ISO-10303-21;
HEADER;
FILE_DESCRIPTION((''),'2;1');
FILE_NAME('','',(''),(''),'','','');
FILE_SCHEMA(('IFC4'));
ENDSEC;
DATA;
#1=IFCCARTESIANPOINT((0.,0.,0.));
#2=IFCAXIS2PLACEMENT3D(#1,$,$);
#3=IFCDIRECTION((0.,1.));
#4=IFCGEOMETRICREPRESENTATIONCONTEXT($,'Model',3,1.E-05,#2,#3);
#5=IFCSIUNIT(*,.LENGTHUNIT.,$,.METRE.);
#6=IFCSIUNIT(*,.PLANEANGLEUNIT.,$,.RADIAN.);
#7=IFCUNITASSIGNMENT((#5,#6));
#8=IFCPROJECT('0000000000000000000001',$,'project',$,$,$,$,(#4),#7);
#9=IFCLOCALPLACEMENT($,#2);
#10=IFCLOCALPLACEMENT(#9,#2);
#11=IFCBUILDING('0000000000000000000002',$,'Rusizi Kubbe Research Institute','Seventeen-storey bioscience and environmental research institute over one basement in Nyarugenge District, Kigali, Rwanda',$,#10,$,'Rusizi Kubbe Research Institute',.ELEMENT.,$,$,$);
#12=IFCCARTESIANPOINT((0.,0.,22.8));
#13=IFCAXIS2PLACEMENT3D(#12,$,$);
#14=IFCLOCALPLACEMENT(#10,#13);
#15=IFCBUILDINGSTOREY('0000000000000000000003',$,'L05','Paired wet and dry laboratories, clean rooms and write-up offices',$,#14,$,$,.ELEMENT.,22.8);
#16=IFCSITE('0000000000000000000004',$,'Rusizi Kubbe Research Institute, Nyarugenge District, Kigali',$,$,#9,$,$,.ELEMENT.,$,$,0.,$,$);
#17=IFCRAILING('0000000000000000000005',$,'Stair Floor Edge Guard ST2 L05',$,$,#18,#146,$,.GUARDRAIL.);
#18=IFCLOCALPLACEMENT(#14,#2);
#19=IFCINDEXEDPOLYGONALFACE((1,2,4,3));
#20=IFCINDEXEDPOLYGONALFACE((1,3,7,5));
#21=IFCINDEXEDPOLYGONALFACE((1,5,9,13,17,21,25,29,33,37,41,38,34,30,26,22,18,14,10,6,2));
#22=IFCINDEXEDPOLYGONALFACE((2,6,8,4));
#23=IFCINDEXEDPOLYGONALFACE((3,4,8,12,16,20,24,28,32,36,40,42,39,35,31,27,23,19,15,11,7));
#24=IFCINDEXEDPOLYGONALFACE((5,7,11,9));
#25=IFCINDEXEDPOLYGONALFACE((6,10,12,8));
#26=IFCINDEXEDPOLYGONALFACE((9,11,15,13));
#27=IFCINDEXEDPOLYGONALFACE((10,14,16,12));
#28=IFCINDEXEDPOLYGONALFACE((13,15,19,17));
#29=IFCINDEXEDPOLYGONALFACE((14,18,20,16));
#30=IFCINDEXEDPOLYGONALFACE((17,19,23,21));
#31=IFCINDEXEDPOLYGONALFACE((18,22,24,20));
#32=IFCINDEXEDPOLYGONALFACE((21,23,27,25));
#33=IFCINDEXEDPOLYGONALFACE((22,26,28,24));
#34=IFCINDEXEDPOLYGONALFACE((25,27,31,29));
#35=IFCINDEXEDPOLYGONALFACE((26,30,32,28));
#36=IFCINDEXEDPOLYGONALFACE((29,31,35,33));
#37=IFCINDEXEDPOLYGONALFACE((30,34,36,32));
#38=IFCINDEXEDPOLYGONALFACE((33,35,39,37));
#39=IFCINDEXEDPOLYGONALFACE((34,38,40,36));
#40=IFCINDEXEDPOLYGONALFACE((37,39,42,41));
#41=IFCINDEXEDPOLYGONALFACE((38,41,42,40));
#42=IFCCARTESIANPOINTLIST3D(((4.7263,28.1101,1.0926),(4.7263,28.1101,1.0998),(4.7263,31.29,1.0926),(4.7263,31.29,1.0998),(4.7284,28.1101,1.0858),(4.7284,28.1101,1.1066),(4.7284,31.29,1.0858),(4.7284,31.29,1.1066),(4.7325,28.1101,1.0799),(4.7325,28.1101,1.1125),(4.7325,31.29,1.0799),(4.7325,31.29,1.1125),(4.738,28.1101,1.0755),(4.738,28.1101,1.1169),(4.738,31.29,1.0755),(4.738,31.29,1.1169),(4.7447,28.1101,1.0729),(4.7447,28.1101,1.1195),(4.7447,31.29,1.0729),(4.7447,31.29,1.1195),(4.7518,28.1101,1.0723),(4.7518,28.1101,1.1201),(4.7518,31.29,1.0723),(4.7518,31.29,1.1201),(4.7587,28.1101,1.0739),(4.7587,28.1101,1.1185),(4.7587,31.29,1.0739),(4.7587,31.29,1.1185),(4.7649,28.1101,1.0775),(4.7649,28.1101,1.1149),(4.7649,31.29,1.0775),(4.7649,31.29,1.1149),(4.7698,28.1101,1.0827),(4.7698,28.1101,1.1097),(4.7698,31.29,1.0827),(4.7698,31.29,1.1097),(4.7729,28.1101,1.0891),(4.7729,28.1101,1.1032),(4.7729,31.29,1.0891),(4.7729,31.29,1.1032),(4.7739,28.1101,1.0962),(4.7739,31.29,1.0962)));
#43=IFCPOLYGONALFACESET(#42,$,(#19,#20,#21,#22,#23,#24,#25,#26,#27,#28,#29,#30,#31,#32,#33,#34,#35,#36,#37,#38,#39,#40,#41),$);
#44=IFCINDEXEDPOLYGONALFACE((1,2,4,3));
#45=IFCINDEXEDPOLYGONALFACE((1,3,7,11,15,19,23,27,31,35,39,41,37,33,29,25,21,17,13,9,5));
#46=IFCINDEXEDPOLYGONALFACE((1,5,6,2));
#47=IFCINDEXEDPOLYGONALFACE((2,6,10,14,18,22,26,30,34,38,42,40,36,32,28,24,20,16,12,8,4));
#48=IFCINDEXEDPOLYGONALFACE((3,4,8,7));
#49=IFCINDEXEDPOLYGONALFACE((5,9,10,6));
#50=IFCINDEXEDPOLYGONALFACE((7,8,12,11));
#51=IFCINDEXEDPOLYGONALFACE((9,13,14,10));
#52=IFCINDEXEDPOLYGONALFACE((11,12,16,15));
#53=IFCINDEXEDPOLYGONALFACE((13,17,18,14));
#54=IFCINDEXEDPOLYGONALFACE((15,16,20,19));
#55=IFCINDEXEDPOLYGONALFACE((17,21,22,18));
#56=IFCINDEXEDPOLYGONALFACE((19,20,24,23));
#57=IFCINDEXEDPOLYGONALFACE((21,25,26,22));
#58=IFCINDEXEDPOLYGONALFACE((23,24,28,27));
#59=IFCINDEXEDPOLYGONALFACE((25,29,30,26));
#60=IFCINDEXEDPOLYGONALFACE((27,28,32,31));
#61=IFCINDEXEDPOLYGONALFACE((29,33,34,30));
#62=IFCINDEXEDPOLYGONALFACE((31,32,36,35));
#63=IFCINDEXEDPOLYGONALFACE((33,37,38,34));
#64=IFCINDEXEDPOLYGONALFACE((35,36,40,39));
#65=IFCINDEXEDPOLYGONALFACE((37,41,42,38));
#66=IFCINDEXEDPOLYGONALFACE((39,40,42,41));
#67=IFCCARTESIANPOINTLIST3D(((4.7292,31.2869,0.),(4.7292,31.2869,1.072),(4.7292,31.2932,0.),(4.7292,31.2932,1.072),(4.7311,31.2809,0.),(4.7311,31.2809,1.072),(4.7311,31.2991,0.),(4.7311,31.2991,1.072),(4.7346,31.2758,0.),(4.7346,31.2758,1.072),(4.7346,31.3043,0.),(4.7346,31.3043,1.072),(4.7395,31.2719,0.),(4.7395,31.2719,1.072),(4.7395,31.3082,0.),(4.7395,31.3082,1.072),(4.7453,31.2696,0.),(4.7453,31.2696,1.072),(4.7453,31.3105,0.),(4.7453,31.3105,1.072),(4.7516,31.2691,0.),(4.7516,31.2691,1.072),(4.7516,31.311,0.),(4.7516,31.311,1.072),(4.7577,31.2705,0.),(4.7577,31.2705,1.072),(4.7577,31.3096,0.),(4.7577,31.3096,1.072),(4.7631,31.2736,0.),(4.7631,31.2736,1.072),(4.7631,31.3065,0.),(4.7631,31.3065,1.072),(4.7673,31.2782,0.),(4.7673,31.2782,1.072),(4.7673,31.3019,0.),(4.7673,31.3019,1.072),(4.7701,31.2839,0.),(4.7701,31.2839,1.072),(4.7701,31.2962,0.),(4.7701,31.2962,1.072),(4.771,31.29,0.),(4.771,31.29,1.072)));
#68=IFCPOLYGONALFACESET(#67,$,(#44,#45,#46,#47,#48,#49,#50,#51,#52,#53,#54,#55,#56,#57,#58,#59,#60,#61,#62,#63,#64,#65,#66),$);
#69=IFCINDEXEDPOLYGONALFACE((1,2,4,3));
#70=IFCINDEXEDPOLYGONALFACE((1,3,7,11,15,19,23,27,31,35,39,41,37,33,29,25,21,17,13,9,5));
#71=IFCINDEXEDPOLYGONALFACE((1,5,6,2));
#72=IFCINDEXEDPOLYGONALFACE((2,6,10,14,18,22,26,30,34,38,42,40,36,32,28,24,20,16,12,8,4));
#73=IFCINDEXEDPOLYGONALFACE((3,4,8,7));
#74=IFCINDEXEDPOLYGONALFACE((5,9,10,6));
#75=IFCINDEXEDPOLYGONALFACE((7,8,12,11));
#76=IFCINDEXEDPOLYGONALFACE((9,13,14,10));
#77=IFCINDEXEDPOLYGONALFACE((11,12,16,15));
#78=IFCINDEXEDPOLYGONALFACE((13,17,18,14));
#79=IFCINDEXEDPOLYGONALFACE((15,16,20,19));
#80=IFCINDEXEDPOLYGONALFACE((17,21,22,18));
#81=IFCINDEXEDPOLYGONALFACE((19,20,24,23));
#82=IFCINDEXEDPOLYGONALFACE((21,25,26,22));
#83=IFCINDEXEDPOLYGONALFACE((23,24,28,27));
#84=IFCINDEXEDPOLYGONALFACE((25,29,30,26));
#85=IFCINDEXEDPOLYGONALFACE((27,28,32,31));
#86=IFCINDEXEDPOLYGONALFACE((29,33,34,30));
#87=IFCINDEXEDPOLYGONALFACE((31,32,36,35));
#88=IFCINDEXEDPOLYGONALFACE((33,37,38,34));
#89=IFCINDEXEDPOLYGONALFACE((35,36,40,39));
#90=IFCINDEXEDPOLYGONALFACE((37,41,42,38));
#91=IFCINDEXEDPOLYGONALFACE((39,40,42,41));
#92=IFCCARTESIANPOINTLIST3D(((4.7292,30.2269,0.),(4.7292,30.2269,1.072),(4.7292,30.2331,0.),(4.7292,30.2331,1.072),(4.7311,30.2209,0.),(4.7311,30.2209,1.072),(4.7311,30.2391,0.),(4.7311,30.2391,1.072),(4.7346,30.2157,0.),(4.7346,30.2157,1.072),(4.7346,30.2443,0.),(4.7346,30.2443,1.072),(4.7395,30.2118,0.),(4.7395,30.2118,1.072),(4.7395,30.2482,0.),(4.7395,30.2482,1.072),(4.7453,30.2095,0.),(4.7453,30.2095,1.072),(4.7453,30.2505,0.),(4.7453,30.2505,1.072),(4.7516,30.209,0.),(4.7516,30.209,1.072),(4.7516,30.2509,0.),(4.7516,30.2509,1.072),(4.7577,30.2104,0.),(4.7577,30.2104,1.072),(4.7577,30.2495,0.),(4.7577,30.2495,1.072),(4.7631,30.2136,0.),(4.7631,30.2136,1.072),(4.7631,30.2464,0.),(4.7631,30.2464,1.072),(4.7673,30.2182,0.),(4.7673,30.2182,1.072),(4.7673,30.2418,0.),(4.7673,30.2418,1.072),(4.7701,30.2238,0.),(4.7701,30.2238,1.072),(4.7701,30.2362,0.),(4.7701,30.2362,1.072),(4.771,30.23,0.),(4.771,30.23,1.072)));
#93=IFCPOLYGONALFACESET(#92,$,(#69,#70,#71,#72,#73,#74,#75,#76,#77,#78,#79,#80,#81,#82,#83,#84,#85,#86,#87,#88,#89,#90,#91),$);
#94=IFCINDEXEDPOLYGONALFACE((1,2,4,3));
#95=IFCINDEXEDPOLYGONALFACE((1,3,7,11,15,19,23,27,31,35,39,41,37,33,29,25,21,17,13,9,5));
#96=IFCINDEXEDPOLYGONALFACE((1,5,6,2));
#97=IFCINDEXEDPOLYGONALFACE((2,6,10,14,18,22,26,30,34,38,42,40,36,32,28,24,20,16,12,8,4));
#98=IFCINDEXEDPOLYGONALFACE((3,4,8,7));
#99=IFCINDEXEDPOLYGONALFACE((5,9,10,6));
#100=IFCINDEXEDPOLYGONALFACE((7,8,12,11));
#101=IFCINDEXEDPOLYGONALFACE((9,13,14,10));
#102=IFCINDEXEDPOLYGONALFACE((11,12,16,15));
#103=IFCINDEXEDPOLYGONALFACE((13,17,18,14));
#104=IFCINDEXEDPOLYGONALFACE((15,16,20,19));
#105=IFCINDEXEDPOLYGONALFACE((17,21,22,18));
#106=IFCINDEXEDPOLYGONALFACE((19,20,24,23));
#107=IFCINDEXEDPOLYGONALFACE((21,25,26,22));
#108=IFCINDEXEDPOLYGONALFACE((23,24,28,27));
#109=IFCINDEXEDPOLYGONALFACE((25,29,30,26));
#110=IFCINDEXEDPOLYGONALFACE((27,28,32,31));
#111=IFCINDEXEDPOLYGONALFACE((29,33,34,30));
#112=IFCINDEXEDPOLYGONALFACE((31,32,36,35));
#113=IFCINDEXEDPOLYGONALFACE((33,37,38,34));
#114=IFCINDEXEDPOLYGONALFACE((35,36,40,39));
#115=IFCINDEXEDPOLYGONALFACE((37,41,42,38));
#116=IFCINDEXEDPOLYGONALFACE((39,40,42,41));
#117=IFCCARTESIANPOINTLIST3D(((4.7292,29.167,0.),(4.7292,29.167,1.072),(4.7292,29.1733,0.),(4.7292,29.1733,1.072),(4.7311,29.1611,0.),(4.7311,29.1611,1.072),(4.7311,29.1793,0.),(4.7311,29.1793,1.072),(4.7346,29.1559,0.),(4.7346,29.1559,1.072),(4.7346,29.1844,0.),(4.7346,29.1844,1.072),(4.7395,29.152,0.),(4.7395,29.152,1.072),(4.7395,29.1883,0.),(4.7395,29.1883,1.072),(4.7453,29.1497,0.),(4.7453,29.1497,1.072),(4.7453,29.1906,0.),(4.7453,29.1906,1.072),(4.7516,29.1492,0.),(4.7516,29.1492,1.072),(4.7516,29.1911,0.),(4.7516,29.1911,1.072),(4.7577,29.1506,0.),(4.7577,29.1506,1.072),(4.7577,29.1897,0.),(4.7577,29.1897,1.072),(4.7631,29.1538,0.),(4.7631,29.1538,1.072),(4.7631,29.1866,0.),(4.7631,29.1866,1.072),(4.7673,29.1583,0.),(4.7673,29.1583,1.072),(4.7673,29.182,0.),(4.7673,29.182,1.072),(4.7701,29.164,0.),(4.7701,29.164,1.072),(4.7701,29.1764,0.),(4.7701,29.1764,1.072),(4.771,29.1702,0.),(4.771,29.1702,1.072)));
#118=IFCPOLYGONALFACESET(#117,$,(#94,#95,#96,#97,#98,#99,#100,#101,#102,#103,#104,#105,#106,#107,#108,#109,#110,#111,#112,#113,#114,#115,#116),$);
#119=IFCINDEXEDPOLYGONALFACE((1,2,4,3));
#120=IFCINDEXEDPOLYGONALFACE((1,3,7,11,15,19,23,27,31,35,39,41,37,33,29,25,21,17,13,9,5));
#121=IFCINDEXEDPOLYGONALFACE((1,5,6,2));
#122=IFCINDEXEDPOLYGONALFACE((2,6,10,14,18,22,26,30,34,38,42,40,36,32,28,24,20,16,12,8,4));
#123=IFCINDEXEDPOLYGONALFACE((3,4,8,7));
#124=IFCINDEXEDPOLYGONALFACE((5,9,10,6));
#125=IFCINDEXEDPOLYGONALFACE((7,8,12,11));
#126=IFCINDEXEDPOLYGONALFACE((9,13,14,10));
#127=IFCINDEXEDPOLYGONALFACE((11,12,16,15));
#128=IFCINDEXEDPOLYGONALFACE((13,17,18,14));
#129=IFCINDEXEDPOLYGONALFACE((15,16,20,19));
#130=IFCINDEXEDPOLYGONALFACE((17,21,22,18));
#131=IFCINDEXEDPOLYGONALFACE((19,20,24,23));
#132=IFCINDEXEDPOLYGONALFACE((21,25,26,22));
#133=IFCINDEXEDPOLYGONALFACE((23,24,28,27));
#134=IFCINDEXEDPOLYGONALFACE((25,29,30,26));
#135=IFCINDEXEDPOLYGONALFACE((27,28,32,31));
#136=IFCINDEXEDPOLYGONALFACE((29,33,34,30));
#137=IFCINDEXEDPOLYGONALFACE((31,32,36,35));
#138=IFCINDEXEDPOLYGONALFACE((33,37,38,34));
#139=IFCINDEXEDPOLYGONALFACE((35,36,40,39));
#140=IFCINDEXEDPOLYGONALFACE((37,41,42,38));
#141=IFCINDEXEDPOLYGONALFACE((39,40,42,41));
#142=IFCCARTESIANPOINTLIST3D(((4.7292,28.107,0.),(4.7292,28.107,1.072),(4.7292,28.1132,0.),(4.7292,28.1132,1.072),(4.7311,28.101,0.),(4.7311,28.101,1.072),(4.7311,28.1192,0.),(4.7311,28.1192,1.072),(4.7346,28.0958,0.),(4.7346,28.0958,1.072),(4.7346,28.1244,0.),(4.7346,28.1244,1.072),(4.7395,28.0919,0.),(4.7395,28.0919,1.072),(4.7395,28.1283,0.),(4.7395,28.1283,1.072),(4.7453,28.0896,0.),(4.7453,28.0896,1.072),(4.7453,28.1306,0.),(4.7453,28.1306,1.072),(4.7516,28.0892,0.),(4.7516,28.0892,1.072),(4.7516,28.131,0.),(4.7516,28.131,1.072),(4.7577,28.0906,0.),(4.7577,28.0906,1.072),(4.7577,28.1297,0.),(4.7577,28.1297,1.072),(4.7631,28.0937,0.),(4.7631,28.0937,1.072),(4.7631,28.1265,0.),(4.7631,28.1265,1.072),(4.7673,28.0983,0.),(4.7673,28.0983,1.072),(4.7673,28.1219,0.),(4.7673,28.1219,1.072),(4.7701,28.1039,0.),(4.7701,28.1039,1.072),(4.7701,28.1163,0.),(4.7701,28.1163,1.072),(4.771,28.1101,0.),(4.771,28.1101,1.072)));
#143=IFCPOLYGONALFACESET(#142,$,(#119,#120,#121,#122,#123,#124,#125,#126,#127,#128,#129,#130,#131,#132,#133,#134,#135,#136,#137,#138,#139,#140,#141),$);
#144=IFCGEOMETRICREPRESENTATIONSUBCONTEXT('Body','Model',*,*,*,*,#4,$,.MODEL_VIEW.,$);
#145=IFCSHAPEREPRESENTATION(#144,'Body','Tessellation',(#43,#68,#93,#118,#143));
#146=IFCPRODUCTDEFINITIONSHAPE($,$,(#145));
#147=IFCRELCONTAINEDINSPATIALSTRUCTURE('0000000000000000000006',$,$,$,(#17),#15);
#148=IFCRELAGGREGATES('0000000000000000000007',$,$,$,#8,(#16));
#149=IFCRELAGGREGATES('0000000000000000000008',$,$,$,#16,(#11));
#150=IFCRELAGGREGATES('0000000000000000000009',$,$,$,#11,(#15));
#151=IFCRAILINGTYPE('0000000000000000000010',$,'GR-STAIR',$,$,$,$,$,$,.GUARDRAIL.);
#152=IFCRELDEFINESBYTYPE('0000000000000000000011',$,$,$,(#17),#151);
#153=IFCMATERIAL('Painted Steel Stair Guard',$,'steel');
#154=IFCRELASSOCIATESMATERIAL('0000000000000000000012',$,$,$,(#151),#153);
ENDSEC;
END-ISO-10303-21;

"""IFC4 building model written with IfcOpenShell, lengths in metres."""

from ifc_helpers import new_model, si_unit, direction, frame, origin, origin_2d, place, context, subcontext, project, spatial, circle, extrude, material, type_object, element, save


model = new_model("IFC4")

# Units and contexts
model_context = context("Model", 3, precision=1e-05, world=origin(), true_north=direction((0.0, 1.0)))
body_context = subcontext(model_context, "Body", "Model", "MODEL_VIEW")
ifc_project = project(units=[si_unit("LENGTHUNIT", "METRE"), si_unit("PLANEANGLEUNIT", "RADIAN")], contexts=[model_context])

# Site, building, storey
site_placement = place(None, origin())
site = spatial("IfcSite", under=ifc_project, at=site_placement, Name="Rusizi Kubbe Research Institute, Nyarugenge District, Kigali", CompositionType="ELEMENT", RefElevation=0.0)
building_placement = place(site_placement, origin())
building = spatial("IfcBuilding", under=site, at=building_placement, Name="Rusizi Kubbe Research Institute", Description="Seventeen-storey bioscience and environmental research institute over one basement in Nyarugenge District, Kigali, Rwanda", LongName="Rusizi Kubbe Research Institute", CompositionType="ELEMENT")
storey_placement = place(building_placement, frame((0.0, 0.0, 22.8)))
storey = spatial("IfcBuildingStorey", under=building, at=storey_placement, Name="L05", Description="Paired wet and dry laboratories, clean rooms and write-up offices", CompositionType="ELEMENT", Elevation=22.8)

# Railing
ifc_material_1 = material(Name="Painted Steel Stair Guard", Category="steel")
railing_type = type_object("IfcRailingType", Name="GR-STAIR", PredefinedType="GUARDRAIL", material=ifc_material_1)
railing_1_placement = place(storey_placement, frame((4.75, 31.29, 0.0)))
element("IfcRailing", 1, at=railing_1_placement, inside=storey, type_object=railing_type, Name="Stair Floor Edge Guard ST2 L05", PredefinedType="GUARDRAIL", context=body_context, shape_type="SweptSolid", body=[
    extrude(circle(Radius=0.0239, at=origin_2d()), frame((0.0, 0.0, 1.0962), z_axis=(0.0, -1.0, 0.0), x_axis=(1.0, 0.0, 0.0)), (0.0, 0.0, 1.0), 3.1799),
    extrude(circle(Radius=0.021, at=origin_2d()), origin(), (0.0, 0.0, 1.0), 1.072),
    extrude(circle(Radius=0.021, at=origin_2d()), frame((0.0, -1.0601, 0.0)), (0.0, 0.0, 1.0), 1.072),
    extrude(circle(Radius=0.021, at=origin_2d()), frame((0.0, -2.1199, 0.0)), (0.0, 0.0, 1.0), 1.072),
    extrude(circle(Radius=0.021, at=origin_2d()), frame((0.0, -3.1799, 0.0)), (0.0, 0.0, 1.0), 1.072),
])

save(model, "model.ifc")
